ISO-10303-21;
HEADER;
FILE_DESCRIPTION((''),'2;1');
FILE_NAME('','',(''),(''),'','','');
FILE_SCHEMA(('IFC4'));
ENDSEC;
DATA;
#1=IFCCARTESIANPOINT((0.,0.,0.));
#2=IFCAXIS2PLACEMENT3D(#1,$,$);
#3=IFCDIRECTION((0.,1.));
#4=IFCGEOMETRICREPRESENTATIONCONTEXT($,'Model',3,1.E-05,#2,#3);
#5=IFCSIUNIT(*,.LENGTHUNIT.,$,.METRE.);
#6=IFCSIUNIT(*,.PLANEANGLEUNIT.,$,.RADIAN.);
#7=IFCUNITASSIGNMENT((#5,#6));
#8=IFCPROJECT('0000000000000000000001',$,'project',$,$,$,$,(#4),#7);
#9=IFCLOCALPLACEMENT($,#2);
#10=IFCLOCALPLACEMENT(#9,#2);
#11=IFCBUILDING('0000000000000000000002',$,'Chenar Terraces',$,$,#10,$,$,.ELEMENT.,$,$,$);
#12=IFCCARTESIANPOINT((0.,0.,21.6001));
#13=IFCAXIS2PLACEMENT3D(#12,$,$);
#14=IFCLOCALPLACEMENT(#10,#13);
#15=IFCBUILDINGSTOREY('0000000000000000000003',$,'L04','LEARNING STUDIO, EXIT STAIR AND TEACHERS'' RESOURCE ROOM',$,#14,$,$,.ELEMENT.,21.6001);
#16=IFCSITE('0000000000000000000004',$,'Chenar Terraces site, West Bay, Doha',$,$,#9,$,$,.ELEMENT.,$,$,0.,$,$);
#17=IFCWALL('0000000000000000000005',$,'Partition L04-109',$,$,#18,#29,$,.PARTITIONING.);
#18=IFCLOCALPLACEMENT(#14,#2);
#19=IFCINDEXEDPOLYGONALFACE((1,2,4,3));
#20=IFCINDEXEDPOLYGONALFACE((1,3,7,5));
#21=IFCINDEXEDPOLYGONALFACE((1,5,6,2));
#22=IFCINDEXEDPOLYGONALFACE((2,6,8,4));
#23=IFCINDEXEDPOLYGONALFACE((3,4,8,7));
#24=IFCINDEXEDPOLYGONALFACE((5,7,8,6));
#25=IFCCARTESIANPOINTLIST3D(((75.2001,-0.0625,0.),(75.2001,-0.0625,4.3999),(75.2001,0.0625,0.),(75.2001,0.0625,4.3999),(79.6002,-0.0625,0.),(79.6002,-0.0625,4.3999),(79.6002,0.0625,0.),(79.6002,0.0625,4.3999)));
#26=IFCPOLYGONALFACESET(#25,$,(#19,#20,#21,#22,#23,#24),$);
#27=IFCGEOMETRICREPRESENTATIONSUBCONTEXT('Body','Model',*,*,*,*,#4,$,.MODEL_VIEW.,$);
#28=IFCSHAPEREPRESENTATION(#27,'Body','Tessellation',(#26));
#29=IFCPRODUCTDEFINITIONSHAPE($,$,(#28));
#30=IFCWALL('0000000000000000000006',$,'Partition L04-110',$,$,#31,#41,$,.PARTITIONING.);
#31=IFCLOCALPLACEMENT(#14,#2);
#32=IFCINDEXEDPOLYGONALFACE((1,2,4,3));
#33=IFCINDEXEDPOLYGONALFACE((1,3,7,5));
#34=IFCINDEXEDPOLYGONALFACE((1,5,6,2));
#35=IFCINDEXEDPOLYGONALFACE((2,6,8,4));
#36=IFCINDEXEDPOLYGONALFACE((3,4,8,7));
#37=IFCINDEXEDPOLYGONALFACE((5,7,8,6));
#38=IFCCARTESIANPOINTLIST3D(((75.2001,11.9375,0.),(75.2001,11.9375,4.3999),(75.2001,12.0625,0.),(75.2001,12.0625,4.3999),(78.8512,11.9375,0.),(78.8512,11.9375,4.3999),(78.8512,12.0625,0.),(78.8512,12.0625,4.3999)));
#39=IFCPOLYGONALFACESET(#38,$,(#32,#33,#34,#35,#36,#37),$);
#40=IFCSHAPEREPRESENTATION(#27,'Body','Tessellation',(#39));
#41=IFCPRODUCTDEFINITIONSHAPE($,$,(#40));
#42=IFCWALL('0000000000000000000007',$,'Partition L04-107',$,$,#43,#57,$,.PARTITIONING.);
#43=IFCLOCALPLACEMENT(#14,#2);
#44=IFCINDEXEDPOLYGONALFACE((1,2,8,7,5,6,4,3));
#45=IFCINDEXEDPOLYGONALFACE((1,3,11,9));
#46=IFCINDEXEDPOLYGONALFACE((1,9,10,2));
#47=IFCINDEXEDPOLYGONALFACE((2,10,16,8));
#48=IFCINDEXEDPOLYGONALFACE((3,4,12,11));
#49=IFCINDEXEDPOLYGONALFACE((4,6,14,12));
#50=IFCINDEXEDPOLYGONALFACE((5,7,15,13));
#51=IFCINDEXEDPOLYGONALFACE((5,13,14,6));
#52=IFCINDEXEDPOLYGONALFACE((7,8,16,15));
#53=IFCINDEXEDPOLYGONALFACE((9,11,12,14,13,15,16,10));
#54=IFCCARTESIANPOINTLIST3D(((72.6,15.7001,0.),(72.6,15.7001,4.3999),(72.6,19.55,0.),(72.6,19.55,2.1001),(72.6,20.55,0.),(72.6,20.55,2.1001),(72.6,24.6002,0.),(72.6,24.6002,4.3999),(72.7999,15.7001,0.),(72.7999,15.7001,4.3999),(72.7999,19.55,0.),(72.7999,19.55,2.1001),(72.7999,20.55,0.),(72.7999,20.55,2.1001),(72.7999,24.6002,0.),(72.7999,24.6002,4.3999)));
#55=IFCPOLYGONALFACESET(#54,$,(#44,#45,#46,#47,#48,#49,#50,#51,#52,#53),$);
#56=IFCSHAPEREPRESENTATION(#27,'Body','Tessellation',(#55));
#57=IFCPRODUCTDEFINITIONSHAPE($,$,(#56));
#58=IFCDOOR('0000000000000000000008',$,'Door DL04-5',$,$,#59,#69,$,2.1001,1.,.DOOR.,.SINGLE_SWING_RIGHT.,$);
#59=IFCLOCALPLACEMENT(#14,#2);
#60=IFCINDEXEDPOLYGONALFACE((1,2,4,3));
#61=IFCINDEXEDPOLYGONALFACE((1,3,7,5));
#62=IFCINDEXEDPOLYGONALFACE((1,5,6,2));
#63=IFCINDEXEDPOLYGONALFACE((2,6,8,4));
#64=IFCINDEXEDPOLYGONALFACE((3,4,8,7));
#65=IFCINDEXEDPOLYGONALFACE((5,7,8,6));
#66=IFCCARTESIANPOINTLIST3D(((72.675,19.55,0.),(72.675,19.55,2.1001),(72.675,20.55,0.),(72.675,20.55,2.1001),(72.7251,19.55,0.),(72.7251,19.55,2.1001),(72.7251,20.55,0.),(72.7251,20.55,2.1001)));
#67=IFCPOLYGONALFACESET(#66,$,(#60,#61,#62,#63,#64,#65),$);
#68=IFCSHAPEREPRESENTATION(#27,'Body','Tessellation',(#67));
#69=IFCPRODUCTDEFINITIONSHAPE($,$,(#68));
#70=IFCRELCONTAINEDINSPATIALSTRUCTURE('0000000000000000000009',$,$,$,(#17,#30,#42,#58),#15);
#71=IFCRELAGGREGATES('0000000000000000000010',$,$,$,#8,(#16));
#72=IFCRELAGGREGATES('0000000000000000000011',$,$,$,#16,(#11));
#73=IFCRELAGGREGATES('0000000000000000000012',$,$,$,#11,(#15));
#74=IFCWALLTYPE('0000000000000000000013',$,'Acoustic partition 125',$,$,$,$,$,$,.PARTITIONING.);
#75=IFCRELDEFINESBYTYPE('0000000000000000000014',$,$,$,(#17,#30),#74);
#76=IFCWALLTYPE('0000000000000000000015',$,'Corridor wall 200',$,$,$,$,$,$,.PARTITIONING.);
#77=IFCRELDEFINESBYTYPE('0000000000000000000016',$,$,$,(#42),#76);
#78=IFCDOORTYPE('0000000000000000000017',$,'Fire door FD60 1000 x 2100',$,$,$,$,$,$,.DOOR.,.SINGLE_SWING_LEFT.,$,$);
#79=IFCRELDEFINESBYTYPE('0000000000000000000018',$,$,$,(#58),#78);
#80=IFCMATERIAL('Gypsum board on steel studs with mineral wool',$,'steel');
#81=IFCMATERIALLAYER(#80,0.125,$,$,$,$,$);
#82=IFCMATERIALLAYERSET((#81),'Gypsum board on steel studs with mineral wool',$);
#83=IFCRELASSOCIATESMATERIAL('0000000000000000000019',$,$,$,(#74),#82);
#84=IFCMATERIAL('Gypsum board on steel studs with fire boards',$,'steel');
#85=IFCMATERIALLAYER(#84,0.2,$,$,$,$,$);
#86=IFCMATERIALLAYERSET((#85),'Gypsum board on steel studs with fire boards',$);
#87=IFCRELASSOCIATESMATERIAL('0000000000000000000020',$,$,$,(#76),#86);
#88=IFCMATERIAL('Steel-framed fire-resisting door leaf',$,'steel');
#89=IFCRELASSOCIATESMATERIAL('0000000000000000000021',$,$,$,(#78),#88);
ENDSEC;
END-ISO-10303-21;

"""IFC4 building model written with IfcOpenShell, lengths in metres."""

from ifc_helpers import new_model, si_unit, direction, frame, frame_2d, origin, place, context, subcontext, project, spatial, rectangle, extrude, material, layer, layer_set, type_object, element, fill, save


model = new_model("IFC4")

# Units and contexts
model_context = context("Model", 3, precision=1e-05, world=origin(), true_north=direction((0.0, 1.0)))
body_context = subcontext(model_context, "Body", "Model", "MODEL_VIEW")
ifc_project = project(units=[si_unit("LENGTHUNIT", "METRE"), si_unit("PLANEANGLEUNIT", "RADIAN")], contexts=[model_context])

# Site, building, storey
site_placement = place(None, origin())
site = spatial("IfcSite", under=ifc_project, at=site_placement, Name="Chenar Terraces site, West Bay, Doha", CompositionType="ELEMENT", RefElevation=0.0)
building_placement = place(site_placement, origin())
building = spatial("IfcBuilding", under=site, at=building_placement, Name="Chenar Terraces", CompositionType="ELEMENT")
storey_placement = place(building_placement, frame((0.0, 0.0, 21.6001)))
storey = spatial("IfcBuildingStorey", under=building, at=storey_placement, Name="L04", Description="LEARNING STUDIO, EXIT STAIR AND TEACHERS' RESOURCE ROOM", CompositionType="ELEMENT", Elevation=21.6001)

# Walls
ifc_material_1 = material(Name="Gypsum board on steel studs with mineral wool", Category="steel")
ifc_layer_1 = layer(ifc_material_1, 0.125)
ifc_layer_set_1 = layer_set([ifc_layer_1], Name="Gypsum board on steel studs with mineral wool")
wall_type_1 = type_object("IfcWallType", Name="Acoustic partition 125", PredefinedType="PARTITIONING", material=ifc_layer_set_1)
wall_1_placement = place(storey_placement, frame((75.2, 0.0, 0.0), z_axis=(0.0, 0.0, 1.0), x_axis=(1.0, 0.0, 0.0)))
element("IfcWall", 1, at=wall_1_placement, inside=storey, type_object=wall_type_1, Name="Partition L04-109", PredefinedType="PARTITIONING", context=body_context, shape_type="SweptSolid", body=[
    extrude(rectangle(XDim=4.4001, YDim=0.125, at=frame_2d((2.2002, 0.0))), origin(), (0.0, 0.0, 1.0), 4.3999),
])
wall_2_placement = place(storey_placement, frame((75.2, 12.0, 0.0), z_axis=(0.0, 0.0, 1.0), x_axis=(1.0, 0.0, 0.0)))
element("IfcWall", 2, at=wall_2_placement, inside=storey, type_object=wall_type_1, Name="Partition L04-110", PredefinedType="PARTITIONING", context=body_context, shape_type="SweptSolid", body=[
    extrude(rectangle(XDim=3.6511, YDim=0.125, at=frame_2d((1.8257, 0.0))), origin(), (0.0, 0.0, 1.0), 4.3999),
])

# Wall, opening, door
ifc_material_2 = material(Name="Gypsum board on steel studs with fire boards", Category="steel")
ifc_layer_2 = layer(ifc_material_2, 0.2)
ifc_layer_set_2 = layer_set([ifc_layer_2], Name="Gypsum board on steel studs with fire boards")
wall_type_2 = type_object("IfcWallType", Name="Corridor wall 200", PredefinedType="PARTITIONING", material=ifc_layer_set_2)
wall_3_placement = place(storey_placement, frame((72.7, 15.7, 0.0), z_axis=(0.0, 0.0, 1.0), x_axis=(0.0, 1.0, 0.0)))
wall_3 = element("IfcWall", 3, at=wall_3_placement, inside=storey, type_object=wall_type_2, Name="Partition L04-107", PredefinedType="PARTITIONING", context=body_context, shape_type="SweptSolid", body=[
    extrude(rectangle(XDim=8.9001, YDim=0.2, at=frame_2d((4.4502, 0.0))), origin(), (0.0, 0.0, 1.0), 4.3999),
])
opening_1_placement = place(wall_3_placement, frame((3.8501, 0.0, 0.0)))
opening_1 = element("IfcOpeningElement", 4, at=opening_1_placement, cuts=wall_3, PredefinedType="OPENING", context=body_context, shape_type="SweptSolid", body=[
    extrude(rectangle(XDim=1.0, YDim=2.1001, at=frame_2d((0.5, 1.05))), frame((0.0, 0.1099, 0.0), z_axis=(0.0, -1.0, 0.0), x_axis=(1.0, 0.0, 0.0)), (0.0, 0.0, 1.0), 0.22),
])
ifc_material_3 = material(Name="Steel-framed fire-resisting door leaf", Category="steel")
door_type_1 = type_object("IfcDoorType", Name="Fire door FD60 1000 x 2100", OperationType="SINGLE_SWING_LEFT", PredefinedType="DOOR", material=ifc_material_3)
door_1_placement = place(opening_1_placement, origin())
door_1 = element("IfcDoor", 5, at=door_1_placement, inside=storey, type_object=door_type_1, Name="Door DL04-5", OperationType="SINGLE_SWING_RIGHT", OverallHeight=2.1001, OverallWidth=1.0, PredefinedType="DOOR", context=body_context, shape_type="SweptSolid", body=[
    extrude(rectangle(XDim=1.0, YDim=2.1001, at=frame_2d((0.5, 1.05))), frame((0.0, 0.0249, 0.0), z_axis=(0.0, -1.0, 0.0), x_axis=(1.0, 0.0, 0.0)), (0.0, 0.0, 1.0), 0.05),
])
fill(opening_1, door_1)

save(model, "model.ifc")
